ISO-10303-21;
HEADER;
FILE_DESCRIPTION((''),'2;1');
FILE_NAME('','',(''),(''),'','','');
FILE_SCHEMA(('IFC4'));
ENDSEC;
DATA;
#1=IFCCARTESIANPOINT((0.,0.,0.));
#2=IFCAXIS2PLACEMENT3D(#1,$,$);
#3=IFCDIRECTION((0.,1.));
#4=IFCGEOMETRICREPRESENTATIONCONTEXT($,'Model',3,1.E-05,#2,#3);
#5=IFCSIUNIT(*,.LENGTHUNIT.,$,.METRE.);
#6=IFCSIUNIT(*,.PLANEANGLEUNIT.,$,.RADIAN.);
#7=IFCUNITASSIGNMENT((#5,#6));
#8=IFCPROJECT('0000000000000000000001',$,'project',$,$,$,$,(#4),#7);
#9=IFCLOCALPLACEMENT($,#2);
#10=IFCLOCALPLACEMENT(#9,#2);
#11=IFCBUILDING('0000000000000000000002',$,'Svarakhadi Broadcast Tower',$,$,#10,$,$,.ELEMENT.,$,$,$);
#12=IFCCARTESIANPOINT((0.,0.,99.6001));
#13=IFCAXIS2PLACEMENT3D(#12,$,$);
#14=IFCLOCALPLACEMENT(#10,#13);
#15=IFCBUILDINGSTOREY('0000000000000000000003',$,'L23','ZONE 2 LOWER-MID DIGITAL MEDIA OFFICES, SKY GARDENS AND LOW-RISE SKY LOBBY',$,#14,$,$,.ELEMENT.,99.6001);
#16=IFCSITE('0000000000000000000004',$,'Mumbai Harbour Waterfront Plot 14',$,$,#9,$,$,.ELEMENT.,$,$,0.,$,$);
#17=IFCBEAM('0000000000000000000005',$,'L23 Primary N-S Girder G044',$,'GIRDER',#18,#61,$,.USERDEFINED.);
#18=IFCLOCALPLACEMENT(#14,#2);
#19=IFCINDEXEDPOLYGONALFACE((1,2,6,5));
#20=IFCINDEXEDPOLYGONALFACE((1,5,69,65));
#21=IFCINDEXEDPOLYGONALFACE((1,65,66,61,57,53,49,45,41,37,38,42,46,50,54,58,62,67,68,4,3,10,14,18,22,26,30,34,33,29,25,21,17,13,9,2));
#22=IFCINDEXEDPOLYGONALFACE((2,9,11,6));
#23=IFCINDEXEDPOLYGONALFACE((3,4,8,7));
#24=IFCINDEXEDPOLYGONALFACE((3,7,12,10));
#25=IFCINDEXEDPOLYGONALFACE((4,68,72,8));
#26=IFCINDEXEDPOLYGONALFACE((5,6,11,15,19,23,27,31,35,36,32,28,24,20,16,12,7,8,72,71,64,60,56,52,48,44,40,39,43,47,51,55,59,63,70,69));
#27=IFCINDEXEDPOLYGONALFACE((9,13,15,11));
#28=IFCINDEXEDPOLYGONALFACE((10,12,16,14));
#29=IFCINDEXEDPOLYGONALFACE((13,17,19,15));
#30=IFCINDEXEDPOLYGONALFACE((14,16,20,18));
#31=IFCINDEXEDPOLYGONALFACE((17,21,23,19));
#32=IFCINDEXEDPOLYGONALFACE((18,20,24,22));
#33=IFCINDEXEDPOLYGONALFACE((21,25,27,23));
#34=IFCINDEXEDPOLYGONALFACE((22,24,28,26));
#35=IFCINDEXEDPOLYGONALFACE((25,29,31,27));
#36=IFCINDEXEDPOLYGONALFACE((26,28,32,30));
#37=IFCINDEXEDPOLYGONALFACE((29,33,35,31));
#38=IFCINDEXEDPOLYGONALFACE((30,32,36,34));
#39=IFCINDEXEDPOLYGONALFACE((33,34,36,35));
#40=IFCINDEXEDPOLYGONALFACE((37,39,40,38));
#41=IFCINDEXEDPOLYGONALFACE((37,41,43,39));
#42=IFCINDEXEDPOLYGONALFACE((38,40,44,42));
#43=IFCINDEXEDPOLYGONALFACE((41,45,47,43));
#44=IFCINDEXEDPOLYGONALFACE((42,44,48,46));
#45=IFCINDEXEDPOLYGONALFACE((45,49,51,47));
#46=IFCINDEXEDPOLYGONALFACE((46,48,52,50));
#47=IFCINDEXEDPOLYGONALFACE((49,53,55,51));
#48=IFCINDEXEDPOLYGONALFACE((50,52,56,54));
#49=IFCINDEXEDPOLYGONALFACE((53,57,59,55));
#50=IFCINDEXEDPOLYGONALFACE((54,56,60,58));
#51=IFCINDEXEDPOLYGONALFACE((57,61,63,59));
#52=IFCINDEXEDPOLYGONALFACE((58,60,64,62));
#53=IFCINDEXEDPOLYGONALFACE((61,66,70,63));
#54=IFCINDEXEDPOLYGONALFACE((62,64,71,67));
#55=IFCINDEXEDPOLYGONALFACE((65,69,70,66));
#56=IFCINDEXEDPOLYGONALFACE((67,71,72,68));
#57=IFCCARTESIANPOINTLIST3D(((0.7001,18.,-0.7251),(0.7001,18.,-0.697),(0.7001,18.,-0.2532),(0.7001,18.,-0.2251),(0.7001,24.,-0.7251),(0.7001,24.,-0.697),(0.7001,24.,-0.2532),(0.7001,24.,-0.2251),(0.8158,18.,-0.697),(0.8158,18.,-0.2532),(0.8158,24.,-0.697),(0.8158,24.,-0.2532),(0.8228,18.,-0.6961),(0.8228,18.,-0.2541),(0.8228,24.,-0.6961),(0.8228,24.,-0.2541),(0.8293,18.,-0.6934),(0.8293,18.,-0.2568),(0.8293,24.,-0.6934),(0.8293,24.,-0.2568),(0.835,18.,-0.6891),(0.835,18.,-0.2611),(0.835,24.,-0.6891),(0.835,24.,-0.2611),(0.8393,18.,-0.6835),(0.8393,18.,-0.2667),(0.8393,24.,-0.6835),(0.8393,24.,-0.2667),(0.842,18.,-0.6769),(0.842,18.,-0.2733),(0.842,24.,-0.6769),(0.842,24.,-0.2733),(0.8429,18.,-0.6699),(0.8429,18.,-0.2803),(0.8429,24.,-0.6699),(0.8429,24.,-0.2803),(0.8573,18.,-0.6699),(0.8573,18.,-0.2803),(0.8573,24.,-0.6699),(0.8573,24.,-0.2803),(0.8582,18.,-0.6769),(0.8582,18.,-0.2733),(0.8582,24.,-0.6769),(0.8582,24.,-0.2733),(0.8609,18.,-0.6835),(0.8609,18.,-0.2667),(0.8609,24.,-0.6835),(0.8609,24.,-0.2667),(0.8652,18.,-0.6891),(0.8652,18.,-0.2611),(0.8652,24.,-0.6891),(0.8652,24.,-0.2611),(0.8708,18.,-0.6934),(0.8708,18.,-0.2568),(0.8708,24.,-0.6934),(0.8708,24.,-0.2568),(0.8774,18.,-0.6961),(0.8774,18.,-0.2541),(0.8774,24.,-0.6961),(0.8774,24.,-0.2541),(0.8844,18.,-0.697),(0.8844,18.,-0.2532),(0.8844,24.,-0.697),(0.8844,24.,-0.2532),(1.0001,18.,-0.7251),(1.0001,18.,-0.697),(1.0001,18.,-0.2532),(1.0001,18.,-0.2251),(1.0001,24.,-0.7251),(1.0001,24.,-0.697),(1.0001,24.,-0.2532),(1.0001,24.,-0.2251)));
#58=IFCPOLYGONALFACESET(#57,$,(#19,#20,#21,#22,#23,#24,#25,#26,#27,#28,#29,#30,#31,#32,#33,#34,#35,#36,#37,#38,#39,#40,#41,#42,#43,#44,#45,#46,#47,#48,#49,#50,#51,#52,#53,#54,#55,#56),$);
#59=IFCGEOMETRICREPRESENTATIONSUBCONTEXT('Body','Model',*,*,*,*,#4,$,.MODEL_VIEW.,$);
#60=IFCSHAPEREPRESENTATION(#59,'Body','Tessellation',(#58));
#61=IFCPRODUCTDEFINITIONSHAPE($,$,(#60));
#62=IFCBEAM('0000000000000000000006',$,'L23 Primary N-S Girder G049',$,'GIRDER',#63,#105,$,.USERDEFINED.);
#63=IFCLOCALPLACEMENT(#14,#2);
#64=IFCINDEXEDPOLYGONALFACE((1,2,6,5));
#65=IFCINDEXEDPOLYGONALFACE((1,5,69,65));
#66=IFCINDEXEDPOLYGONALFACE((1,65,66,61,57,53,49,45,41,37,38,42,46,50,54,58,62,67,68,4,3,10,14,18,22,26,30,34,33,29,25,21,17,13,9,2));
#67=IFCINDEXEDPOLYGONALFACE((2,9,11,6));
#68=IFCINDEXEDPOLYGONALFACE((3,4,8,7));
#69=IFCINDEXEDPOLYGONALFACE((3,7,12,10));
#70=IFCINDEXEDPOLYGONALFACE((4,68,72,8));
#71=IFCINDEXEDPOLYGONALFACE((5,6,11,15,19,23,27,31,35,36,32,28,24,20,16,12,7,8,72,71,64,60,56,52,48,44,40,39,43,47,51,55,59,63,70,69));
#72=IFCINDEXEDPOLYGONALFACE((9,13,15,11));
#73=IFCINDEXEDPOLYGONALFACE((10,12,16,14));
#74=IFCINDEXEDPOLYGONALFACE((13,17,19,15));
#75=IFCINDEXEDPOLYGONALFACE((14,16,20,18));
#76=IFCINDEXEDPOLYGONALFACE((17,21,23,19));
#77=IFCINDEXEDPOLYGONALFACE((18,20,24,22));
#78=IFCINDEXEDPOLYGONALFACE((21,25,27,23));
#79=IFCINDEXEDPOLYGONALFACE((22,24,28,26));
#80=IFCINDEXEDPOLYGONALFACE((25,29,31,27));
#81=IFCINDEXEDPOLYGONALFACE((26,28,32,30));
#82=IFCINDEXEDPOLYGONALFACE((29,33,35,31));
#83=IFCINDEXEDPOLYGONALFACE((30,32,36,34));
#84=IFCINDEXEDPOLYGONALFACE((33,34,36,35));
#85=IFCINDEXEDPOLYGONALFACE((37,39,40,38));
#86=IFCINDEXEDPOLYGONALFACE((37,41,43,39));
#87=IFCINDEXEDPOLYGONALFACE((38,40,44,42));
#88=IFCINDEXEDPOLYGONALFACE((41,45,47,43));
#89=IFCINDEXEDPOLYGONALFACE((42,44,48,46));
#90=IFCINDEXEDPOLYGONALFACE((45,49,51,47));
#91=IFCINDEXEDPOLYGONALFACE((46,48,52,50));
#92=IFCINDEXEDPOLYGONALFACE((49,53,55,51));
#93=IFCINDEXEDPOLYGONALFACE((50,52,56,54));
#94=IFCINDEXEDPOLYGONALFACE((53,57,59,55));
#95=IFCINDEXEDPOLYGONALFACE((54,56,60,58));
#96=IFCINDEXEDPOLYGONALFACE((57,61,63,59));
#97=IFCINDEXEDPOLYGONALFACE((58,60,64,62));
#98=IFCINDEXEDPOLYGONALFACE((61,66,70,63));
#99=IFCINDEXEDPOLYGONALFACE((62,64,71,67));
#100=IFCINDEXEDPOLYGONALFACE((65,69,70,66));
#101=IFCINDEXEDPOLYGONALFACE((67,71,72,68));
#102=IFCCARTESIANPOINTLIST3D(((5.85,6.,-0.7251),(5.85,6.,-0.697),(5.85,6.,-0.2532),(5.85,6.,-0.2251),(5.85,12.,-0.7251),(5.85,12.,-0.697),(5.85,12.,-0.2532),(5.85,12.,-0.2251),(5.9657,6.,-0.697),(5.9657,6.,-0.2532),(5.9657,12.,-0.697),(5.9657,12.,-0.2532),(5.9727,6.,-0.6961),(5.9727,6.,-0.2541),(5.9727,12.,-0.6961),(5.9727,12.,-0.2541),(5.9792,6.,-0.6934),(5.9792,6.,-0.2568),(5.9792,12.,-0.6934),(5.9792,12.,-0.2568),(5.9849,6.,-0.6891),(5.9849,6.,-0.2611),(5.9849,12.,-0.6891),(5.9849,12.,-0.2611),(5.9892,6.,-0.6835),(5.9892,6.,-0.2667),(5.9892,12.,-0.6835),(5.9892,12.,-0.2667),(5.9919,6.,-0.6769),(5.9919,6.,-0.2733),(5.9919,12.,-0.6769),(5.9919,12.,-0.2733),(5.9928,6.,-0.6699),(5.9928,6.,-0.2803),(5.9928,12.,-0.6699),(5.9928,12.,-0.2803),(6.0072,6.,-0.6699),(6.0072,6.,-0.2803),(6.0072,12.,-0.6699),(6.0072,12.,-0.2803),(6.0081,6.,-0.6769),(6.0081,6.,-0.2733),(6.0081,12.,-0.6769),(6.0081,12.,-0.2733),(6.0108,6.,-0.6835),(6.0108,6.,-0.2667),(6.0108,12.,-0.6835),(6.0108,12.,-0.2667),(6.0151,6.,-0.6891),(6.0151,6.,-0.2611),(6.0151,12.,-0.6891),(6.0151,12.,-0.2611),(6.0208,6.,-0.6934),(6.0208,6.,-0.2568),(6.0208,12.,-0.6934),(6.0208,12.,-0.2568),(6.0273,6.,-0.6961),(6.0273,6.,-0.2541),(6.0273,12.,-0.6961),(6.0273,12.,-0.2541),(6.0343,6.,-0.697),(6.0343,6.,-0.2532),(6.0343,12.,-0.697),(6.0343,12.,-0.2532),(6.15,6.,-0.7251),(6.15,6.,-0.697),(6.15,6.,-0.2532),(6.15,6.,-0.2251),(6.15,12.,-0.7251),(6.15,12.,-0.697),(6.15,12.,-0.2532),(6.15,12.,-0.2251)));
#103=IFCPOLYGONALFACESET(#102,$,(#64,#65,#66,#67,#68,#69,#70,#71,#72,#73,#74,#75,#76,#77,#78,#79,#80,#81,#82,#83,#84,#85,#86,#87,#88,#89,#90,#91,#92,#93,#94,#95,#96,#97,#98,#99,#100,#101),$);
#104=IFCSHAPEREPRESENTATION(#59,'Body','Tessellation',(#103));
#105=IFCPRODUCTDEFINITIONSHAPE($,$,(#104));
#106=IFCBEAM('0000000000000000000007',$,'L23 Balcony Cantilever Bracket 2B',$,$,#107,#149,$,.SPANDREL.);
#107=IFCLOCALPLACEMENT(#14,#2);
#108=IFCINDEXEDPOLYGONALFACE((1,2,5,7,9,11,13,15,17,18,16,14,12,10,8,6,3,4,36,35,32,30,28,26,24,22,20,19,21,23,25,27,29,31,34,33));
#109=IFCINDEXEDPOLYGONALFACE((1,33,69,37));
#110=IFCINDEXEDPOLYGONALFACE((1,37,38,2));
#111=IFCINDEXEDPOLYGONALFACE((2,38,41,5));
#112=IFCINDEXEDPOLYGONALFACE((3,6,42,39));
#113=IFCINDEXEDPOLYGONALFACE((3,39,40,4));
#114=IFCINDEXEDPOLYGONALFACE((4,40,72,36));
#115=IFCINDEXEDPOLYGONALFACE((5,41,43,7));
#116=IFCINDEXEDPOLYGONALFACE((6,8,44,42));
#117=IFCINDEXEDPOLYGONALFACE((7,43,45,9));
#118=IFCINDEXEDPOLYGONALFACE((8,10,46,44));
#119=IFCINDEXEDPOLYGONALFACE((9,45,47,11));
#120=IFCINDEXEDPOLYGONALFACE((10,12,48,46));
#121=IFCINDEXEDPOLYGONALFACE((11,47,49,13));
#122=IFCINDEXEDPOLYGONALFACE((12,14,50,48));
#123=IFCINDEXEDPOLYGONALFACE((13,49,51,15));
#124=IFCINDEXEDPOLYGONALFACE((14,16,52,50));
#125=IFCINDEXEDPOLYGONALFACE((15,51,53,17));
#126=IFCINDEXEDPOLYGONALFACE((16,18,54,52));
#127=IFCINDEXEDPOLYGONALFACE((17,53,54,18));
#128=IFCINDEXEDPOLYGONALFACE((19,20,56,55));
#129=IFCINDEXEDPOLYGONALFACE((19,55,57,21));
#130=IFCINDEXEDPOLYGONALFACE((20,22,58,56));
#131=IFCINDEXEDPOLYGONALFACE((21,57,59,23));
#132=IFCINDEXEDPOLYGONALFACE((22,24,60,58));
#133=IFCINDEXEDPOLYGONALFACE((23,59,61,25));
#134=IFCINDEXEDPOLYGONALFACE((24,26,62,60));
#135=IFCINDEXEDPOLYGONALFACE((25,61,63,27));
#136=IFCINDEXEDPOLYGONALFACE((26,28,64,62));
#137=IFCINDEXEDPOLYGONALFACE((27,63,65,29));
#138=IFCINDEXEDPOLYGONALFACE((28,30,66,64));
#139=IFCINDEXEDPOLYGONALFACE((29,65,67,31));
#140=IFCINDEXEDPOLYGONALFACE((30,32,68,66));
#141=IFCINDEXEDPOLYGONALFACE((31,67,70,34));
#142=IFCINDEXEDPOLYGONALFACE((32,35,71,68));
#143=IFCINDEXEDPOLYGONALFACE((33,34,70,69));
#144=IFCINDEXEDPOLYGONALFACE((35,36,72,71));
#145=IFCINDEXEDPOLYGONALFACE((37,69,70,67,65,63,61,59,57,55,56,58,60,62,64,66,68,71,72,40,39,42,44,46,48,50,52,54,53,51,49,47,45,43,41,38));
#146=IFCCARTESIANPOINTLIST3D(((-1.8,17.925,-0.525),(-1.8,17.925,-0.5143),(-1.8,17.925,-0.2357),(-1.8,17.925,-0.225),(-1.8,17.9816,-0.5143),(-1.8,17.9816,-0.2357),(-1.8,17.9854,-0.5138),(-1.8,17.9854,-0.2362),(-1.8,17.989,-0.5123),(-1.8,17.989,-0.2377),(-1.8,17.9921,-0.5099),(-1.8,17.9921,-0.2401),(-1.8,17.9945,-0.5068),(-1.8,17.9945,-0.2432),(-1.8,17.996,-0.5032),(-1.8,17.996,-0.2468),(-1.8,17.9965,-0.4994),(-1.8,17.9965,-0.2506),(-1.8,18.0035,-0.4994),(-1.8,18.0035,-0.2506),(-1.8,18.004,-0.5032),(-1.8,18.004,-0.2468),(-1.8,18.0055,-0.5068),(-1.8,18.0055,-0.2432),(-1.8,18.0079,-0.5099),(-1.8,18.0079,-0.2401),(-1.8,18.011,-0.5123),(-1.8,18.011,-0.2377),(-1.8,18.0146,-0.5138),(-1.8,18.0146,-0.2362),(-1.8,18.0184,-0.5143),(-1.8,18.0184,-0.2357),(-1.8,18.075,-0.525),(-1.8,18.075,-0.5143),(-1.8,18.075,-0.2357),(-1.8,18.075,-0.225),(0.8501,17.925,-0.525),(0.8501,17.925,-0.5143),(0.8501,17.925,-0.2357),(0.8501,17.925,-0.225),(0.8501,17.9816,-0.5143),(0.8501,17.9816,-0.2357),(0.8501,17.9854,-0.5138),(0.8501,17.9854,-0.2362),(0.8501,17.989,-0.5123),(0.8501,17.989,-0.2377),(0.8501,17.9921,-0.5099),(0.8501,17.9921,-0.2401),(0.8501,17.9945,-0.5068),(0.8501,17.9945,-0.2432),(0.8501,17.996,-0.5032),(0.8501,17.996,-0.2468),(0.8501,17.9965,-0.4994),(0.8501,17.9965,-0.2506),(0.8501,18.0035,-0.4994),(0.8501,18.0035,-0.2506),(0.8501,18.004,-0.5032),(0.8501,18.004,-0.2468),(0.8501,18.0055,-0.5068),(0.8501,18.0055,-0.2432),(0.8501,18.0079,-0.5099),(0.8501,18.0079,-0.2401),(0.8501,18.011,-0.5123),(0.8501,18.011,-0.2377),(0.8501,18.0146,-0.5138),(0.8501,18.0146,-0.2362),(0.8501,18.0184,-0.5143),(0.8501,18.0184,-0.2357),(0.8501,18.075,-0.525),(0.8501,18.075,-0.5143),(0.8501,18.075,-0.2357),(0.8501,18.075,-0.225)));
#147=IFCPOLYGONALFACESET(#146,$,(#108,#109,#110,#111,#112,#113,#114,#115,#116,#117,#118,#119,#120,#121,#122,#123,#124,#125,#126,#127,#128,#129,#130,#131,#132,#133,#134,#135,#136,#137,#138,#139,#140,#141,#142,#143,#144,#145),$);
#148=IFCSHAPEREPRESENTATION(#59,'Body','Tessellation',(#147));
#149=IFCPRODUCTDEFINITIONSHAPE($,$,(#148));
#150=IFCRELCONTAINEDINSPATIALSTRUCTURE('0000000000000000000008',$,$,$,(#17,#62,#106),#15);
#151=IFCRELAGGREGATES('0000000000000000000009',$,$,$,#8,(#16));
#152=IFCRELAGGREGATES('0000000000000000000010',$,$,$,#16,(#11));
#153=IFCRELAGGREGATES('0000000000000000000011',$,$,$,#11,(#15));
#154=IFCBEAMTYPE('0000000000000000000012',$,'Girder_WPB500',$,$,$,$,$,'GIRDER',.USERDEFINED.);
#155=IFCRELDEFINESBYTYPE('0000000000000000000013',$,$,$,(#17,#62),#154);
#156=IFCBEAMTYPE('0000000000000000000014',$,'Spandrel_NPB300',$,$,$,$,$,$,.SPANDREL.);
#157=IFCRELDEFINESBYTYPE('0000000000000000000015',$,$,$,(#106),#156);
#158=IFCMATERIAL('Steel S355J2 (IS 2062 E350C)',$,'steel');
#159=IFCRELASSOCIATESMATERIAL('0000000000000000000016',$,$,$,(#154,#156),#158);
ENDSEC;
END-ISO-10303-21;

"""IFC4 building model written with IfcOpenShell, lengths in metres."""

from ifc_helpers import new_model, si_unit, direction, frame, origin, origin_2d, place, context, subcontext, project, spatial, i_section, extrude, material, material_profile, profile_set, type_object, element, save


model = new_model("IFC4")

# Units and contexts
model_context = context("Model", 3, precision=1e-05, world=origin(), true_north=direction((0.0, 1.0)))
body_context = subcontext(model_context, "Body", "Model", "MODEL_VIEW")
ifc_project = project(units=[si_unit("LENGTHUNIT", "METRE"), si_unit("PLANEANGLEUNIT", "RADIAN")], contexts=[model_context])

# Site, building, storey
site_placement = place(None, origin())
site = spatial("IfcSite", under=ifc_project, at=site_placement, Name="Mumbai Harbour Waterfront Plot 14", CompositionType="ELEMENT", RefElevation=0.0)
building_placement = place(site_placement, origin())
building = spatial("IfcBuilding", under=site, at=building_placement, Name="Svarakhadi Broadcast Tower", CompositionType="ELEMENT")
storey_placement = place(building_placement, frame((0.0, 0.0, 99.6001)))
storey = spatial("IfcBuildingStorey", under=building, at=storey_placement, Name="L23", Description="ZONE 2 LOWER-MID DIGITAL MEDIA OFFICES, SKY GARDENS AND LOW-RISE SKY LOBBY", CompositionType="ELEMENT", Elevation=99.6001)

# Shared definitions
ifc_material_1 = material(Name="Steel S355J2 (IS 2062 E350C)", Category="steel")

# Beams
ifc_material_profile_1 = material_profile(ifc_material_1, i_section(OverallWidth=0.3, OverallDepth=0.5, WebThickness=0.0144, FlangeThickness=0.0281, FilletRadius=0.0271, at=origin_2d()), Name="WPB 500x300x187")
ifc_profile_set_1 = profile_set([ifc_material_profile_1], Name="Steel S355J2 (IS 2062 E350C)")
beam_type_1 = type_object("IfcBeamType", Name="Girder_WPB500", ElementType="GIRDER", PredefinedType="USERDEFINED", material=ifc_profile_set_1)
for number, where, z_axis, x_axis, name in (
    (1, (0.8501, 18.0, -0.4751), (0.0, 1.0, 0.0), (-1.0, 0.0, 0.0), "L23 Primary N-S Girder G044"),
    (2, (6.0, 6.0, -0.4751), (0.0, 1.0, 0.0), (-1.0, 0.0, 0.0), "L23 Primary N-S Girder G049"),
):
    element("IfcBeam", number, at=place(storey_placement, frame(where, z_axis=z_axis, x_axis=x_axis)), inside=storey, type_object=beam_type_1, Name=name, ObjectType="GIRDER", PredefinedType="USERDEFINED", context=body_context, shape_type="SweptSolid", body=[
        extrude(i_section(OverallWidth=0.3, OverallDepth=0.5, WebThickness=0.0144, FlangeThickness=0.0281, FilletRadius=0.0271, at=origin_2d()), origin(), (0.0, 0.0, 1.0), 6.0),
    ])
ifc_material_profile_2 = material_profile(ifc_material_1, i_section(OverallWidth=0.1499, OverallDepth=0.3, WebThickness=0.0071, FlangeThickness=0.0107, FilletRadius=0.0149, at=origin_2d()), Name="NPB 300x150x37")
ifc_profile_set_2 = profile_set([ifc_material_profile_2], Name="Steel S355J2 (IS 2062 E350C)")
beam_type_2 = type_object("IfcBeamType", Name="Spandrel_NPB300", PredefinedType="SPANDREL", material=ifc_profile_set_2)
beam_1_placement = place(storey_placement, frame((0.8501, 18.0, -0.375), z_axis=(-1.0, 0.0, 0.0), x_axis=(0.0, -1.0, 0.0)))
element("IfcBeam", 3, at=beam_1_placement, inside=storey, type_object=beam_type_2, Name="L23 Balcony Cantilever Bracket 2B", PredefinedType="SPANDREL", context=body_context, shape_type="SweptSolid", body=[
    extrude(i_section(OverallWidth=0.1499, OverallDepth=0.3, WebThickness=0.0071, FlangeThickness=0.0107, FilletRadius=0.0149, at=origin_2d()), origin(), (0.0, 0.0, 1.0), 2.6501),
])

save(model, "model.ifc")
